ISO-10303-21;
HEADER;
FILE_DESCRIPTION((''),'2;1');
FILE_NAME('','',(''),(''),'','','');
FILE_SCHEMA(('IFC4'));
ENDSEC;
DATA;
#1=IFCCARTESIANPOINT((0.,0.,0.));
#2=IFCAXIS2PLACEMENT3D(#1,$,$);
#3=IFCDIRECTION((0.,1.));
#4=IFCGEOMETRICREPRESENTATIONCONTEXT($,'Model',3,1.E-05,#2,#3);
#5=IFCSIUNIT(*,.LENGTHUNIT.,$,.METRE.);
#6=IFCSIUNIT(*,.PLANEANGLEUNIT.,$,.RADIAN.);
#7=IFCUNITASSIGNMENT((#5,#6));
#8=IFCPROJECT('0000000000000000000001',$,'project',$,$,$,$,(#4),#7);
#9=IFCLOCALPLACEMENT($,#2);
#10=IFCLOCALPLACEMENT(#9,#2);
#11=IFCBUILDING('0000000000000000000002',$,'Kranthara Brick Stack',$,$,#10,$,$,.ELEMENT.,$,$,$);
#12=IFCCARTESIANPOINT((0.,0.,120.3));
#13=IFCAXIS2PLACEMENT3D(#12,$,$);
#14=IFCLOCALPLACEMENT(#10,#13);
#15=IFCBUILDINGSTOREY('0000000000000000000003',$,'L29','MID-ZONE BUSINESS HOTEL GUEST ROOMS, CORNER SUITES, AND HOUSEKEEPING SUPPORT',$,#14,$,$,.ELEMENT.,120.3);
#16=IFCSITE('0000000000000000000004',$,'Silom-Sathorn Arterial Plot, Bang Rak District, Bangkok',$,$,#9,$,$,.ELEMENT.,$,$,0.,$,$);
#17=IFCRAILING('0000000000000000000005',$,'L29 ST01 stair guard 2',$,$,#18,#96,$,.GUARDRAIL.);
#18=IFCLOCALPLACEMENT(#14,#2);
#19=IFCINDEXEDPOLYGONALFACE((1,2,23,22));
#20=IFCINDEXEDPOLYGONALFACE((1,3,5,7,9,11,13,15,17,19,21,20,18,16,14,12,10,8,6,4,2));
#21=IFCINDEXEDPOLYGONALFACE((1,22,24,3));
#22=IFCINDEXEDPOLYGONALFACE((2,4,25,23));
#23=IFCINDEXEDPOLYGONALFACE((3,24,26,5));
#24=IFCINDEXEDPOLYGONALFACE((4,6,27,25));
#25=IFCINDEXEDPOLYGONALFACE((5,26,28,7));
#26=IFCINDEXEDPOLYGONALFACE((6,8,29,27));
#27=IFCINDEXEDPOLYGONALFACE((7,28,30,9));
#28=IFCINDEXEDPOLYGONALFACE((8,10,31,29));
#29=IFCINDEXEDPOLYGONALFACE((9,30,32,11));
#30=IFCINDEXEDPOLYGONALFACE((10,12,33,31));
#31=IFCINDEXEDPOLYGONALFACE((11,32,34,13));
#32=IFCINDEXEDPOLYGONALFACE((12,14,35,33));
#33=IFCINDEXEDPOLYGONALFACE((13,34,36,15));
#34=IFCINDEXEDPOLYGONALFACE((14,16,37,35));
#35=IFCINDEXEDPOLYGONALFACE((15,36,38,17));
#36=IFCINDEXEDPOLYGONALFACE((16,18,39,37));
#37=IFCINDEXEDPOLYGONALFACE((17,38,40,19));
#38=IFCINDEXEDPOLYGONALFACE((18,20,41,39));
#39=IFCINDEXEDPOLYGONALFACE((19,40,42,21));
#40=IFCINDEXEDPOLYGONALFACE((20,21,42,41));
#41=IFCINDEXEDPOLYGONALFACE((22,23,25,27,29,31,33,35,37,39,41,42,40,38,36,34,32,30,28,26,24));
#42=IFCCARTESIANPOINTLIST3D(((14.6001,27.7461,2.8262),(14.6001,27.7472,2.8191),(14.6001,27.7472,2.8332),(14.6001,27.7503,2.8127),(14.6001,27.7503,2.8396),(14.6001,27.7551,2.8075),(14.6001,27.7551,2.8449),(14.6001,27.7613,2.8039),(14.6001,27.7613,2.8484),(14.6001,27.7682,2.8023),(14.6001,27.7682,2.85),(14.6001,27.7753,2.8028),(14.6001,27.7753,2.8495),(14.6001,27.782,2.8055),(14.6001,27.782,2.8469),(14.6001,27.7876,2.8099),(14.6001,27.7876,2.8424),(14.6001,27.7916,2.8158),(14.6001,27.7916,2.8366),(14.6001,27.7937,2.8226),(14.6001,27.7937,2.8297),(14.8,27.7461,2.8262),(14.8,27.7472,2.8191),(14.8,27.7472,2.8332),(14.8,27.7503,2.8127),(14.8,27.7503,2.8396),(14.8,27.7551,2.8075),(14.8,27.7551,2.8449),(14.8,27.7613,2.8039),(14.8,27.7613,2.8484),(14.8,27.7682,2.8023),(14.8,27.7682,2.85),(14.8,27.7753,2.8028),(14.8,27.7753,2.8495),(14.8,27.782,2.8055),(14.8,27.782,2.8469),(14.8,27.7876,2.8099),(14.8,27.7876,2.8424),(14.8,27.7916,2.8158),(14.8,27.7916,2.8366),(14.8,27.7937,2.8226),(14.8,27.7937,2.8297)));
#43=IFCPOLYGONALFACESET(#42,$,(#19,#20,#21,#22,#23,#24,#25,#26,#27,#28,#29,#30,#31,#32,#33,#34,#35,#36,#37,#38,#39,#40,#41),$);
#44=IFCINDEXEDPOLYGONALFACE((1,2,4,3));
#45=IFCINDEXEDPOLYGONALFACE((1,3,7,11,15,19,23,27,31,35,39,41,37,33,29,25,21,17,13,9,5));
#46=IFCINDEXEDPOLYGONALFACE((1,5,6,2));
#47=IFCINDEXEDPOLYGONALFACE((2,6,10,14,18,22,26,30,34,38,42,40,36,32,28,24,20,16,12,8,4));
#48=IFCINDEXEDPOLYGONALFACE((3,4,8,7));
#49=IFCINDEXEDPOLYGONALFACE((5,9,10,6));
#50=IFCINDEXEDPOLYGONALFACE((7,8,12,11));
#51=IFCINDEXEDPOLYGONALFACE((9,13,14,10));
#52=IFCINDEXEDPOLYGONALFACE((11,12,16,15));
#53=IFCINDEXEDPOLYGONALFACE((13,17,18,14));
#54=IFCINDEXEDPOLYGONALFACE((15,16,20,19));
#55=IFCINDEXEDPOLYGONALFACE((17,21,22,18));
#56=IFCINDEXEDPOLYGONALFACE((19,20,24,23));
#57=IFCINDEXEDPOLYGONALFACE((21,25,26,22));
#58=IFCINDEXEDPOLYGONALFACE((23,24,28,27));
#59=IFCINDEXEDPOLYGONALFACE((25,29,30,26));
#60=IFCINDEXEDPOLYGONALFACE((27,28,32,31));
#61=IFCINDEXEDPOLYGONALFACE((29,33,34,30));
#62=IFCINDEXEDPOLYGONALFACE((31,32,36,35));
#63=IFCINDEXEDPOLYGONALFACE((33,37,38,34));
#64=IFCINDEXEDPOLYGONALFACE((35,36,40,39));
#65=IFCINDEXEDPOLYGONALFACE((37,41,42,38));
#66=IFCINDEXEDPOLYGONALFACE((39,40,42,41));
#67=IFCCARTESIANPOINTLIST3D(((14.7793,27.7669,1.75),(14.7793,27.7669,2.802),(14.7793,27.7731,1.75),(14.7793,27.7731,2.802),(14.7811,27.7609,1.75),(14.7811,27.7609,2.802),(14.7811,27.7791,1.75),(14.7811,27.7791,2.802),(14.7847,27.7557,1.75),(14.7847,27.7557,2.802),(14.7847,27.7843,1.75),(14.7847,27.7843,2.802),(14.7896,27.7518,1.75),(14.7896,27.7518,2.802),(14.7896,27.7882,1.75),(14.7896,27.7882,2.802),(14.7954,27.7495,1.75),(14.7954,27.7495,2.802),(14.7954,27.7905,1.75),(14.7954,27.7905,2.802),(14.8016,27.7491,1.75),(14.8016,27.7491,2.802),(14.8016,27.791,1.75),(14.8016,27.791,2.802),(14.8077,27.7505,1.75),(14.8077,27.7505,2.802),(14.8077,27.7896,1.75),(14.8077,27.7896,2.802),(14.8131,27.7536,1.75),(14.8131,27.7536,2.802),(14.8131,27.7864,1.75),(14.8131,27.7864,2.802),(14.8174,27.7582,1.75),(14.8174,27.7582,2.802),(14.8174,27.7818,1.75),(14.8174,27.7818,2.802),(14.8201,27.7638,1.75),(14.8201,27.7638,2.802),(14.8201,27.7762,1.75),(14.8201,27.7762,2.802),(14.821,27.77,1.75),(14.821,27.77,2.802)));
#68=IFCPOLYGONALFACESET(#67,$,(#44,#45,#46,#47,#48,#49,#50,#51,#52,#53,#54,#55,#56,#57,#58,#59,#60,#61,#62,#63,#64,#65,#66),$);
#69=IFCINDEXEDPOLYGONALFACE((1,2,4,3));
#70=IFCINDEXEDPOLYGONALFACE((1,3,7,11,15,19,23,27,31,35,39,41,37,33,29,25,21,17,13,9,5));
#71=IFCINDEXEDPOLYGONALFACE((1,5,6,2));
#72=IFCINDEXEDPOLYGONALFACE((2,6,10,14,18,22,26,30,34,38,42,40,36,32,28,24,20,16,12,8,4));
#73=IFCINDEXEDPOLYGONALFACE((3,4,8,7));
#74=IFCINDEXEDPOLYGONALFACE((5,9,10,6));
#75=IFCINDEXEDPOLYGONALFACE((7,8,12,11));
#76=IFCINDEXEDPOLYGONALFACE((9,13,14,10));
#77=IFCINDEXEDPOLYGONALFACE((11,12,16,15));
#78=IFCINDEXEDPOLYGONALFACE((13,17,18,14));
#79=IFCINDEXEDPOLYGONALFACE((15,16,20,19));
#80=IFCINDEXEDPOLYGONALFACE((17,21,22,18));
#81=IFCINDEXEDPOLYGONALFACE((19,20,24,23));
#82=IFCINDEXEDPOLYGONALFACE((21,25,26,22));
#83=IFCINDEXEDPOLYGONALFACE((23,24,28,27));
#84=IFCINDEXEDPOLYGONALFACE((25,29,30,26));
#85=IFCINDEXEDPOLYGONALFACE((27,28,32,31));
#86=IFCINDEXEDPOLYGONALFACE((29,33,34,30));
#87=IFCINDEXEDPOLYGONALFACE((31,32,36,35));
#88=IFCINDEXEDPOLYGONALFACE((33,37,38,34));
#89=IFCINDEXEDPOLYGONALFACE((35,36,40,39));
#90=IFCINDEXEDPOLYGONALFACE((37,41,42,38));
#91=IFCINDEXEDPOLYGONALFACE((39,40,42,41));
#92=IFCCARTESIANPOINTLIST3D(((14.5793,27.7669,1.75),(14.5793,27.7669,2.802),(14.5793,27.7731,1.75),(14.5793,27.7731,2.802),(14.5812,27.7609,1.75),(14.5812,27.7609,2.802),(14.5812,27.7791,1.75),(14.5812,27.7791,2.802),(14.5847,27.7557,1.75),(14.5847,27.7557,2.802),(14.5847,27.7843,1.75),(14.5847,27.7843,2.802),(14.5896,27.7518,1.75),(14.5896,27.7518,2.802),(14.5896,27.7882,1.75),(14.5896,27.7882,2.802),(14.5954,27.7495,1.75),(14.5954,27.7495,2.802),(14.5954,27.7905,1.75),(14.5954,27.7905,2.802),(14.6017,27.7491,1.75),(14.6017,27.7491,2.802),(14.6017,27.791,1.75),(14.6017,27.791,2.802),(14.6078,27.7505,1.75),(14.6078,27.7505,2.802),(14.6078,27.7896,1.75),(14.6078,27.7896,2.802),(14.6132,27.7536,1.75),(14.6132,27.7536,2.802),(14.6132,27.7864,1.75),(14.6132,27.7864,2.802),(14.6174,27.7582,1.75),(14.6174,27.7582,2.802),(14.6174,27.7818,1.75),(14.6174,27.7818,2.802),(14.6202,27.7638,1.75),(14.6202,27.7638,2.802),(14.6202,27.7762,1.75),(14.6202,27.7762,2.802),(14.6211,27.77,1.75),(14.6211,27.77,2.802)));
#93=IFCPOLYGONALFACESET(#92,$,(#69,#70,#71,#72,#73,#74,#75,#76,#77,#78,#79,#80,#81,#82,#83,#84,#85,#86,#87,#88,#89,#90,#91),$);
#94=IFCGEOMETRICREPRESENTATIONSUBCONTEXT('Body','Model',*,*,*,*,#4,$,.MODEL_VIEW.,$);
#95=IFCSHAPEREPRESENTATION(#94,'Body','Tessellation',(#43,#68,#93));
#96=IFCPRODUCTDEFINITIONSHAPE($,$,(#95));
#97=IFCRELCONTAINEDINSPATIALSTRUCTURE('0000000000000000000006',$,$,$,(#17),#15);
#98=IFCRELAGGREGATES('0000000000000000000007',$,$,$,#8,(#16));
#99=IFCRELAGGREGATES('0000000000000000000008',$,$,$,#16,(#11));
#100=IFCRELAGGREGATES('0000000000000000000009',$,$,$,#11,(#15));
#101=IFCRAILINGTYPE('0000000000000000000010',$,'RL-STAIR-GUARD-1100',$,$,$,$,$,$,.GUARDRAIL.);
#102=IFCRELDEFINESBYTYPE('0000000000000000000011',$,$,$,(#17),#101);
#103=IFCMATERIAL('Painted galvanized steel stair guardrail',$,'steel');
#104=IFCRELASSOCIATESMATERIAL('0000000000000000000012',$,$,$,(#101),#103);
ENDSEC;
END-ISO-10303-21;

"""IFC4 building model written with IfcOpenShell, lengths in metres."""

from ifc_helpers import new_model, si_unit, direction, frame, origin, origin_2d, place, context, subcontext, project, spatial, circle, extrude, material, type_object, element, save


model = new_model("IFC4")

# Units and contexts
model_context = context("Model", 3, precision=1e-05, world=origin(), true_north=direction((0.0, 1.0)))
body_context = subcontext(model_context, "Body", "Model", "MODEL_VIEW")
ifc_project = project(units=[si_unit("LENGTHUNIT", "METRE"), si_unit("PLANEANGLEUNIT", "RADIAN")], contexts=[model_context])

# Site, building, storey
site_placement = place(None, origin())
site = spatial("IfcSite", under=ifc_project, at=site_placement, Name="Silom-Sathorn Arterial Plot, Bang Rak District, Bangkok", CompositionType="ELEMENT", RefElevation=0.0)
building_placement = place(site_placement, origin())
building = spatial("IfcBuilding", under=site, at=building_placement, Name="Kranthara Brick Stack", CompositionType="ELEMENT")
storey_placement = place(building_placement, frame((0.0, 0.0, 120.3)))
storey = spatial("IfcBuildingStorey", under=building, at=storey_placement, Name="L29", Description="MID-ZONE BUSINESS HOTEL GUEST ROOMS, CORNER SUITES, AND HOUSEKEEPING SUPPORT", CompositionType="ELEMENT", Elevation=120.3)

# Railing
ifc_material_1 = material(Name="Painted galvanized steel stair guardrail", Category="steel")
railing_type_1 = type_object("IfcRailingType", Name="RL-STAIR-GUARD-1100", PredefinedType="GUARDRAIL", material=ifc_material_1)
railing_1_placement = place(storey_placement, frame((14.8, 27.77, 1.75)))
element("IfcRailing", 1, at=railing_1_placement, inside=storey, type_object=railing_type_1, Name="L29 ST01 stair guard 2", PredefinedType="GUARDRAIL", context=body_context, shape_type="SweptSolid", body=[
    extrude(circle(Radius=0.0239, at=origin_2d()), frame((0.0, 0.0, 1.0762), z_axis=(-1.0, 0.0, 0.0), x_axis=(0.0, -1.0, 0.0)), (0.0, 0.0, 1.0), 0.2),
    extrude(circle(Radius=0.021, at=origin_2d()), origin(), (0.0, 0.0, 1.0), 1.052),
    extrude(circle(Radius=0.021, at=origin_2d()), frame((-0.2, 0.0, 0.0)), (0.0, 0.0, 1.0), 1.052),
])

save(model, "model.ifc")
